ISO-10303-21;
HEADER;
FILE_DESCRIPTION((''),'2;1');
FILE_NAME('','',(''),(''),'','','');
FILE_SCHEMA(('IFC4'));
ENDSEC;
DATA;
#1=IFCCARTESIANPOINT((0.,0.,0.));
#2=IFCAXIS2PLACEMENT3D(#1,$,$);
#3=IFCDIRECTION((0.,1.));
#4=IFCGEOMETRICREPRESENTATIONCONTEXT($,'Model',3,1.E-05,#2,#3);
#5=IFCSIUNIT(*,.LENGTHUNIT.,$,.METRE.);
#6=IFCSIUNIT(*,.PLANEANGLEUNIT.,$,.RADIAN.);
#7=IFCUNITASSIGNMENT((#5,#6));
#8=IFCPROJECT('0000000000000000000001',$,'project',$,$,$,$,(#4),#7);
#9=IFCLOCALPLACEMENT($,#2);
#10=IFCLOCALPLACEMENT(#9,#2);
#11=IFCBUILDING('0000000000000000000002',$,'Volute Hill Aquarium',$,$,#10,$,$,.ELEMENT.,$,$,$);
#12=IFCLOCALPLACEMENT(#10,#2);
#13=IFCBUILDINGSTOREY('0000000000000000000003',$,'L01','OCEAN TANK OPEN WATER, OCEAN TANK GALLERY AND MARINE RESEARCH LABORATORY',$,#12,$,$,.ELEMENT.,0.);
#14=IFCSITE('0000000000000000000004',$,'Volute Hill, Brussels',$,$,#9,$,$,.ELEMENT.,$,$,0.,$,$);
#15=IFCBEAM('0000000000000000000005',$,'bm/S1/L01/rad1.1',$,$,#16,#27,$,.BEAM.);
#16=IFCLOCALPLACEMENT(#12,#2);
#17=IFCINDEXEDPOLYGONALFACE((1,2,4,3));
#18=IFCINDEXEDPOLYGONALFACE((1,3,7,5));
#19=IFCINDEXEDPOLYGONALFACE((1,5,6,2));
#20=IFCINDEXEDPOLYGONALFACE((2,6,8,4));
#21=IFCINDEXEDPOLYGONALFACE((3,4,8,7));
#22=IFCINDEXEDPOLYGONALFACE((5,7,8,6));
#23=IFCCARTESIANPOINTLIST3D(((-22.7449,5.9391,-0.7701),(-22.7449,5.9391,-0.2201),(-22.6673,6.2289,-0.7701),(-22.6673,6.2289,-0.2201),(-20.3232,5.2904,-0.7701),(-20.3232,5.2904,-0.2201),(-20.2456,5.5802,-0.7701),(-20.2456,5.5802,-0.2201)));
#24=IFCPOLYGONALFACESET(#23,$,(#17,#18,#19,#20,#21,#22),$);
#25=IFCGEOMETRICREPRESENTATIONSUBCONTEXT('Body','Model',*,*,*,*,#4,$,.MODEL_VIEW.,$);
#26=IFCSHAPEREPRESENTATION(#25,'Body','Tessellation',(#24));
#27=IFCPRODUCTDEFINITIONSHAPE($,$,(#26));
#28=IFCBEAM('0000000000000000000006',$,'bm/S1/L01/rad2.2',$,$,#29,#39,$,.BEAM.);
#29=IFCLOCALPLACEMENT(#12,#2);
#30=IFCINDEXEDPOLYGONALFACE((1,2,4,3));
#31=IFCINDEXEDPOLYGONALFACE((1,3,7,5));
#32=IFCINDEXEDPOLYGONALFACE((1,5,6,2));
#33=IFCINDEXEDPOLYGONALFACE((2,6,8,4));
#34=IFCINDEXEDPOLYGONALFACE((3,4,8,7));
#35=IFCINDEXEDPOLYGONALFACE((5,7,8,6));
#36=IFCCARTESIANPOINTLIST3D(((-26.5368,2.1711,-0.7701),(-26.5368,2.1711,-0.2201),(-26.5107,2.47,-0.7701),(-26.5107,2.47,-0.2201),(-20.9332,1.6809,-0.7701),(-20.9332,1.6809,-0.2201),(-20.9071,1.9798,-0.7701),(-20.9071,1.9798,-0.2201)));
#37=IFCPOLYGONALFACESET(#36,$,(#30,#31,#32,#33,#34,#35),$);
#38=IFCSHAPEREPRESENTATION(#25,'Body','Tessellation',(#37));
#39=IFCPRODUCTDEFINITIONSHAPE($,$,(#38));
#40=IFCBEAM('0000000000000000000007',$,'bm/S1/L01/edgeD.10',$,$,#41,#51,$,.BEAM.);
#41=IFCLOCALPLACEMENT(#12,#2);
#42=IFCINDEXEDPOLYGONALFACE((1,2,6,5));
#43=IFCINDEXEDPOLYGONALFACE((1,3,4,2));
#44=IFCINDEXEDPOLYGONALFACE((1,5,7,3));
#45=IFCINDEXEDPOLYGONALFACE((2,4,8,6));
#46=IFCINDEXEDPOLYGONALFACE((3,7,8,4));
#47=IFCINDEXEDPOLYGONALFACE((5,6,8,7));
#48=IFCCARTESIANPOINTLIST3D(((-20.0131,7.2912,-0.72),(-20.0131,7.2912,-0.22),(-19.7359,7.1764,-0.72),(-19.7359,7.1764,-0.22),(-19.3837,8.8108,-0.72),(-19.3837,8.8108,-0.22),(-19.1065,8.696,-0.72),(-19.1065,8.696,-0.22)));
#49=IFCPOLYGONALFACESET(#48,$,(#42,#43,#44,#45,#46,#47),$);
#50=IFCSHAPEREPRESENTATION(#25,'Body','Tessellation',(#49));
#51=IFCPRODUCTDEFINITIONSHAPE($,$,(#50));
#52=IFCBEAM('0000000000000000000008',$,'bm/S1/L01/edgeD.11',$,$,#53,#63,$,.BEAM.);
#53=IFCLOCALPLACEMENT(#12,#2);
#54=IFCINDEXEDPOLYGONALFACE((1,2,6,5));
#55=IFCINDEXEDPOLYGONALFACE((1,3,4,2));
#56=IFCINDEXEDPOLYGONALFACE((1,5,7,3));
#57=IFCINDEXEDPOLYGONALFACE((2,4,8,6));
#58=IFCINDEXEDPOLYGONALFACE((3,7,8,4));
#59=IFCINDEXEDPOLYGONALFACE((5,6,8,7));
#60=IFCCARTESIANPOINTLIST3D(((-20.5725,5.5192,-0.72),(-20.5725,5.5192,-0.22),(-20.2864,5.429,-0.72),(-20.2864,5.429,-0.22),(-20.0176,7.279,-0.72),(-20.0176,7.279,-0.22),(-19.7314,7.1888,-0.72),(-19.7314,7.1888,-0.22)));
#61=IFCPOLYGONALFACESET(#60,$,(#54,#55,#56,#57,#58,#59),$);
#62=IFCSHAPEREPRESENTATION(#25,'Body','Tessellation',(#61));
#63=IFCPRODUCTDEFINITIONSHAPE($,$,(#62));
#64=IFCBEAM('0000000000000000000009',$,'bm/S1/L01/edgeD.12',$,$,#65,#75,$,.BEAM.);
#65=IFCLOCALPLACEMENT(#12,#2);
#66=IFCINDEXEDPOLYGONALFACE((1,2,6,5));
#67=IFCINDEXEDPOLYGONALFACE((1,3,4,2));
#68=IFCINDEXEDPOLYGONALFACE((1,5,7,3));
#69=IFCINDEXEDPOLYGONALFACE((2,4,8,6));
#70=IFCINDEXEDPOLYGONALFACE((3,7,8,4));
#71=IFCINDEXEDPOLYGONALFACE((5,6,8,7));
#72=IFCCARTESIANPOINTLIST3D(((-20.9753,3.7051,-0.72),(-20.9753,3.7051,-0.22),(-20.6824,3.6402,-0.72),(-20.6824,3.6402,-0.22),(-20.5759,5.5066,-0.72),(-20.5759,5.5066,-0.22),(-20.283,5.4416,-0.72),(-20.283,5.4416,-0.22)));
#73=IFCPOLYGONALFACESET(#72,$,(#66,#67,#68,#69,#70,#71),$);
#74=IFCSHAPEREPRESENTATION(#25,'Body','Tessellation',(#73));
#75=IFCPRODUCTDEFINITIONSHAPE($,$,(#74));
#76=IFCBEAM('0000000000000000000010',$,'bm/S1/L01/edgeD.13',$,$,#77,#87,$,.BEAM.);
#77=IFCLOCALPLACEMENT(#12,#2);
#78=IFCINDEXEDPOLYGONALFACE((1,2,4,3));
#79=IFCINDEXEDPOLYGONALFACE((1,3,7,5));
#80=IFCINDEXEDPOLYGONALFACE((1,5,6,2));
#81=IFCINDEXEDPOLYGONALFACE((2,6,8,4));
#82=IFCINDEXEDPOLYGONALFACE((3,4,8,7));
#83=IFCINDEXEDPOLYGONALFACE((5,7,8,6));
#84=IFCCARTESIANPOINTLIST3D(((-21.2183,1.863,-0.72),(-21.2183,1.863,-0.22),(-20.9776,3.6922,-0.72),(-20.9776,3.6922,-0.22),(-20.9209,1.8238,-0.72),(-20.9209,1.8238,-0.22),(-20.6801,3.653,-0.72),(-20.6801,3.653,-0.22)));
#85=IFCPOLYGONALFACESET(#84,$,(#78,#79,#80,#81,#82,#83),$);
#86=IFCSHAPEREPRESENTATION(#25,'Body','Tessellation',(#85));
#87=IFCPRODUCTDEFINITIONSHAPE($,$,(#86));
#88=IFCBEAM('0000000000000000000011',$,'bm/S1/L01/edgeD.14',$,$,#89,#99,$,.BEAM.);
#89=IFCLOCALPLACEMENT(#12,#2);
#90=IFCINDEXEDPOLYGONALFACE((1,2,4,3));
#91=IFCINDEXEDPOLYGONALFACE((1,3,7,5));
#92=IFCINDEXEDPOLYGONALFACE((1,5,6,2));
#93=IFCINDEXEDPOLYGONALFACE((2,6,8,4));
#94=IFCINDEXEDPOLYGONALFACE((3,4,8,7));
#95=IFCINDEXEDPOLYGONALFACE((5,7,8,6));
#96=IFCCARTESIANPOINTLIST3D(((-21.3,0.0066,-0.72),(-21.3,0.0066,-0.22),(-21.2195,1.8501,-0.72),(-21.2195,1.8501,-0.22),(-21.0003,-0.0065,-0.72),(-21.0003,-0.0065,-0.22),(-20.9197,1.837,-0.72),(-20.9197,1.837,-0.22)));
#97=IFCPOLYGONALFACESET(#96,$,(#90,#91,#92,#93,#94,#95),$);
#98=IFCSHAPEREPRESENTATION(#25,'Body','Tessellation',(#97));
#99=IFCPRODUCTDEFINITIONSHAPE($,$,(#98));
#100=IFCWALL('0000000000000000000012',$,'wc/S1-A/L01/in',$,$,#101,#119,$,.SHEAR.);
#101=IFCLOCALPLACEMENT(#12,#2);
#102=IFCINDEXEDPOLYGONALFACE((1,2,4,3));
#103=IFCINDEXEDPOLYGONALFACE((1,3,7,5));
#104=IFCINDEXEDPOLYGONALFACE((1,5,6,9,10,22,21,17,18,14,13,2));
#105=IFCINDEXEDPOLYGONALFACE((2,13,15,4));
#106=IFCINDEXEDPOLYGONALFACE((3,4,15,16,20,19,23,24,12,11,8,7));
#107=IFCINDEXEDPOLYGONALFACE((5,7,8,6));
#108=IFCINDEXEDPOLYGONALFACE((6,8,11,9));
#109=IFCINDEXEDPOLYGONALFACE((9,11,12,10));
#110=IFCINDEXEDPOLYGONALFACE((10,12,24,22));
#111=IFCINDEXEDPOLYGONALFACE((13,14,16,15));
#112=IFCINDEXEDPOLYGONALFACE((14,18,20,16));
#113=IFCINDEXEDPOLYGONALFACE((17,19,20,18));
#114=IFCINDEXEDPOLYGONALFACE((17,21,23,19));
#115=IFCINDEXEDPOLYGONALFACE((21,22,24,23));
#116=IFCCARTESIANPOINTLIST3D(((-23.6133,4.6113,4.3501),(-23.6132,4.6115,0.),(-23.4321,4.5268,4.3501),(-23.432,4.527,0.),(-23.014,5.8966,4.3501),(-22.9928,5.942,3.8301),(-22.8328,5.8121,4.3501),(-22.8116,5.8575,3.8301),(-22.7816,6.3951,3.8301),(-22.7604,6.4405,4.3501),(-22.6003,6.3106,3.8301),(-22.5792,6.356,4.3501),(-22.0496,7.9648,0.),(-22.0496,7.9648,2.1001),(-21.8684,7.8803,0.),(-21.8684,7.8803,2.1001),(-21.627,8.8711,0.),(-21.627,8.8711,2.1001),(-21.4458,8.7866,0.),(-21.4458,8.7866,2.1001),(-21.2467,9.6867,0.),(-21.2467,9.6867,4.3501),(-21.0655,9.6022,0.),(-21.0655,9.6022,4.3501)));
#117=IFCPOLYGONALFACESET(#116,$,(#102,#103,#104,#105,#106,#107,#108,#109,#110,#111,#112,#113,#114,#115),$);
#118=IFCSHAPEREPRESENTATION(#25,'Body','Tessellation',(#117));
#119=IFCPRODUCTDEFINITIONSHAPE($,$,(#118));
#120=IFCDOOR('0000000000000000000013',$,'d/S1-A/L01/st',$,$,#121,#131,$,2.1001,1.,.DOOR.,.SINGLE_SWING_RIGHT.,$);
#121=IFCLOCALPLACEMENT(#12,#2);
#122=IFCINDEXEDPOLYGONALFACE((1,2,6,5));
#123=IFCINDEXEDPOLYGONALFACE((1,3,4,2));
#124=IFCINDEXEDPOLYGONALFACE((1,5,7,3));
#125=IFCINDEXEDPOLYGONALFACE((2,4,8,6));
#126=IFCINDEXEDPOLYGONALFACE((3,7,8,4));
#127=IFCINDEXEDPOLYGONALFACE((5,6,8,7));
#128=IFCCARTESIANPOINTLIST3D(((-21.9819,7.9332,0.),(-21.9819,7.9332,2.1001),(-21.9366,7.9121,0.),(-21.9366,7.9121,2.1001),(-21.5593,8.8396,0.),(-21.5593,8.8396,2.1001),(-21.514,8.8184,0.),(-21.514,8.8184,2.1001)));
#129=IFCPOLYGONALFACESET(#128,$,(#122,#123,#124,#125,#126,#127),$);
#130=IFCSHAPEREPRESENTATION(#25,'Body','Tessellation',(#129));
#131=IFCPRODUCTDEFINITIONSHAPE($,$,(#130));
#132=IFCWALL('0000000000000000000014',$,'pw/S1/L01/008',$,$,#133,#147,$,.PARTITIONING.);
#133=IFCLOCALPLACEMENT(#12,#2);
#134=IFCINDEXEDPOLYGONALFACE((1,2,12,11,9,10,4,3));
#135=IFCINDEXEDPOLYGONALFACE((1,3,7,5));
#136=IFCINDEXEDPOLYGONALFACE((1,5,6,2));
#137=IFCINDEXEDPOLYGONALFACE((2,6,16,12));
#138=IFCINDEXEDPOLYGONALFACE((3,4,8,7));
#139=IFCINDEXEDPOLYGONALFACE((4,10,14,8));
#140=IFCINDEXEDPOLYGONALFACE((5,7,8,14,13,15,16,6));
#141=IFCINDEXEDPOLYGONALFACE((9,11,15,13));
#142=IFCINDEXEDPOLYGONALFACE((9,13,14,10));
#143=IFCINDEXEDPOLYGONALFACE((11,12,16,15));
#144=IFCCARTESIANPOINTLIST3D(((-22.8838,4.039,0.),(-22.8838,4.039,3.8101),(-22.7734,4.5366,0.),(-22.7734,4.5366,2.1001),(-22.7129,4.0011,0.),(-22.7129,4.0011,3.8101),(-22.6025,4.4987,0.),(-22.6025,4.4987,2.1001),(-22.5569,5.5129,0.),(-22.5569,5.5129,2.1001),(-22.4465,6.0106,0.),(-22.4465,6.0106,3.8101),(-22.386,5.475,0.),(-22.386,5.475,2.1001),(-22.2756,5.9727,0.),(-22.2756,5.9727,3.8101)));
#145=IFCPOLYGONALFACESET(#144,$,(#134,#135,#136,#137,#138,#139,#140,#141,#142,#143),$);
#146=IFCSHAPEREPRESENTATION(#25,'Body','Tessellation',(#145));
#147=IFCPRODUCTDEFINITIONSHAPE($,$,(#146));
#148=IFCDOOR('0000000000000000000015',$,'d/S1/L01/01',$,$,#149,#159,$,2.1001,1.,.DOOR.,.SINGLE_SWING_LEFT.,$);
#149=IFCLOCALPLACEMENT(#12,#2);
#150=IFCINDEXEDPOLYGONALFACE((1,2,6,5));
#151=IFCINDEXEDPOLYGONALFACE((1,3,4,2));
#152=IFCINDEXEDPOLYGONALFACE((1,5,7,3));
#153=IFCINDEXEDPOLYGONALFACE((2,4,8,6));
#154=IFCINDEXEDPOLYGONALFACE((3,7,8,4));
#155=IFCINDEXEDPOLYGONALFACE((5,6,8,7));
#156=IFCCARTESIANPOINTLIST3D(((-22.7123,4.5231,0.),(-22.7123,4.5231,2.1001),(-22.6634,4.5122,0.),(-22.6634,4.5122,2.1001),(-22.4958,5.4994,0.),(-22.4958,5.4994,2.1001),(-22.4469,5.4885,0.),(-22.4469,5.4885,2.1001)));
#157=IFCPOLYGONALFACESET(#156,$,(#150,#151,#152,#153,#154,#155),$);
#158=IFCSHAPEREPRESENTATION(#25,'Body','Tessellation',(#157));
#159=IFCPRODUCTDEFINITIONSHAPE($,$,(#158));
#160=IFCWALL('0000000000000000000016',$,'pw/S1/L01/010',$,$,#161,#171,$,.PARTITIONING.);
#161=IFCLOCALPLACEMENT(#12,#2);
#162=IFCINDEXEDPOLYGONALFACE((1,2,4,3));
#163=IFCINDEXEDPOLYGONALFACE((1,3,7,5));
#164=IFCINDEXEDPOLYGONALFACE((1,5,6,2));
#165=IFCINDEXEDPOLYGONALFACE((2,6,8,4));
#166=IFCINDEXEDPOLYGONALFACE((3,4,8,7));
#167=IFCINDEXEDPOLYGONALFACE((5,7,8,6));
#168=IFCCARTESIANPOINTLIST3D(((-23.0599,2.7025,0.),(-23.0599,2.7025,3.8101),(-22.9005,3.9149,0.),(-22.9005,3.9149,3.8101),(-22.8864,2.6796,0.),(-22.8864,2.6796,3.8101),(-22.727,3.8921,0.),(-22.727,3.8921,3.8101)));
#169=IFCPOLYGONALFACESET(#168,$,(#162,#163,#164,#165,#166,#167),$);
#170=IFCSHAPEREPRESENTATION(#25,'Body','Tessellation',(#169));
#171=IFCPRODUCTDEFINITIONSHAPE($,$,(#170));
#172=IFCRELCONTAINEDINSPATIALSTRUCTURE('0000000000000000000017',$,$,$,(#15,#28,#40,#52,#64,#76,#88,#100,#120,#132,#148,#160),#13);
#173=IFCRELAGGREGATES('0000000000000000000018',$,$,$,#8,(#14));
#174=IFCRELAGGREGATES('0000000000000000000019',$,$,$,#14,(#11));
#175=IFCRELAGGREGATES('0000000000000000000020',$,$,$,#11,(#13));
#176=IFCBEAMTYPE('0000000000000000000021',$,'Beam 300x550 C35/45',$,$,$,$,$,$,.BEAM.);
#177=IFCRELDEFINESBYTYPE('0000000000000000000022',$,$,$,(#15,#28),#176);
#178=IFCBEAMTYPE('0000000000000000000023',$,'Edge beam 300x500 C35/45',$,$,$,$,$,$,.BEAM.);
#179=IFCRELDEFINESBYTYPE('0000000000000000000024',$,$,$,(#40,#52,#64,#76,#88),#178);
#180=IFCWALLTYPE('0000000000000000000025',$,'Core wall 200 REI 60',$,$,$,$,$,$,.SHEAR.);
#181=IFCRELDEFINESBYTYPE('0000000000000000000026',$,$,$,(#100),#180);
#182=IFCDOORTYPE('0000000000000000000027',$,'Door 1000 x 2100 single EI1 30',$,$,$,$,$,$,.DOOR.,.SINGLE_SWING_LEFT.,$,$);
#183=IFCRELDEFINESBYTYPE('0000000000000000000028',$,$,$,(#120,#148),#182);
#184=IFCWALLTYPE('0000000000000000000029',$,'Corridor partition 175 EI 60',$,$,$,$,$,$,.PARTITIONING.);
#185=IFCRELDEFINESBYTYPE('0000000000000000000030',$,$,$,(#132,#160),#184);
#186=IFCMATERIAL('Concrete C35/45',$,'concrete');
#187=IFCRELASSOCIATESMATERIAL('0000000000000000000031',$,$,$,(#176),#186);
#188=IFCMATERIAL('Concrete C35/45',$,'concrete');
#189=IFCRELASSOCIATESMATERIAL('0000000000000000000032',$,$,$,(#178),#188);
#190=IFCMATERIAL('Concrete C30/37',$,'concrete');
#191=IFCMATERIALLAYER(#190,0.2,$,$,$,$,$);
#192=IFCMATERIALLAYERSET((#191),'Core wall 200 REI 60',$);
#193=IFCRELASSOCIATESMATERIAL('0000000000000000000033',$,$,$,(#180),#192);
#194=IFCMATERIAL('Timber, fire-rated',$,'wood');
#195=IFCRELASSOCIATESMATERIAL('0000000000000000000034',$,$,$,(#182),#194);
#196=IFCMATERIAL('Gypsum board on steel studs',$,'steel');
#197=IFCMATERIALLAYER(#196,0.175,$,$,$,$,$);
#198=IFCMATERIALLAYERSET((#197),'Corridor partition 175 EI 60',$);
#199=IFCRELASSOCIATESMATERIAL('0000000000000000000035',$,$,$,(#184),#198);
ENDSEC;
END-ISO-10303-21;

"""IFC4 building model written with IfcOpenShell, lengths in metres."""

from ifc_helpers import new_model, si_unit, direction, frame, frame_2d, origin, origin_2d, place, context, subcontext, project, spatial, polyline, rectangle, outline, extrude, material, layer, layer_set, material_profile, profile_set, type_object, element, fill, save


model = new_model("IFC4")

# Units and contexts
model_context = context("Model", 3, precision=1e-05, world=origin(), true_north=direction((0.0, 1.0)))
body_context = subcontext(model_context, "Body", "Model", "MODEL_VIEW")
ifc_project = project(units=[si_unit("LENGTHUNIT", "METRE"), si_unit("PLANEANGLEUNIT", "RADIAN")], contexts=[model_context])

# Site, building, storey
site_placement = place(None, origin())
site = spatial("IfcSite", under=ifc_project, at=site_placement, Name="Volute Hill, Brussels", CompositionType="ELEMENT", RefElevation=0.0)
building_placement = place(site_placement, origin())
building = spatial("IfcBuilding", under=site, at=building_placement, Name="Volute Hill Aquarium", CompositionType="ELEMENT")
storey_placement = place(building_placement, origin())
storey = spatial("IfcBuildingStorey", under=building, at=storey_placement, Name="L01", Description="OCEAN TANK OPEN WATER, OCEAN TANK GALLERY AND MARINE RESEARCH LABORATORY", CompositionType="ELEMENT", Elevation=0.0)

# Beams
ifc_material_1 = material(Name="Concrete C35/45", Category="concrete")
ifc_material_profile_1 = material_profile(ifc_material_1, rectangle(XDim=0.3, YDim=0.55, at=origin_2d()), Name="RC beam 300x550")
ifc_profile_set_1 = profile_set([ifc_material_profile_1], Name="Concrete C35/45")
beam_type_1 = type_object("IfcBeamType", Name="Beam 300x550 C35/45", PredefinedType="BEAM", material=ifc_profile_set_1)
beam_1_placement = place(storey_placement, frame((-20.2844, 5.4353, -0.4951), z_axis=(-0.965945, 0.258747, 0.0), x_axis=(-0.258747, -0.965945, 0.0)))
element("IfcBeam", 1, at=beam_1_placement, inside=storey, type_object=beam_type_1, Name="bm/S1/L01/rad1.1", PredefinedType="BEAM", context=body_context, shape_type="SweptSolid", body=[
    extrude(rectangle(XDim=0.3, YDim=0.55, at=origin_2d()), origin(), (0.0, 0.0, 1.0), 2.5071),
])
beam_2_placement = place(storey_placement, frame((-20.9202, 1.8303, -0.4951), z_axis=(-0.996195, 0.087154, 0.0), x_axis=(-0.087154, -0.996195, 0.0)))
element("IfcBeam", 2, at=beam_2_placement, inside=storey, type_object=beam_type_1, Name="bm/S1/L01/rad2.2", PredefinedType="BEAM", context=body_context, shape_type="SweptSolid", body=[
    extrude(rectangle(XDim=0.3, YDim=0.55, at=origin_2d()), origin(), (0.0, 0.0, 1.0), 5.625),
])
ifc_material_2 = material(Name="Concrete C35/45", Category="concrete")
ifc_material_profile_2 = material_profile(ifc_material_2, rectangle(XDim=0.3, YDim=0.5, at=origin_2d()), Name="RC edge beam 300x500")
ifc_profile_set_2 = profile_set([ifc_material_profile_2], Name="Concrete C35/45")
beam_type_2 = type_object("IfcBeamType", Name="Edge beam 300x500 C35/45", PredefinedType="BEAM", material=ifc_profile_set_2)
beam_3_placement = place(storey_placement, frame((-19.2451, 8.7534, -0.47), z_axis=(-0.382675, -0.923883, 0.0), x_axis=(0.923883, -0.382675, 0.0)))
element("IfcBeam", 3, at=beam_3_placement, inside=storey, type_object=beam_type_2, Name="bm/S1/L01/edgeD.10", PredefinedType="BEAM", context=body_context, shape_type="SweptSolid", body=[
    extrude(rectangle(XDim=0.3, YDim=0.5, at=origin_2d()), origin(), (0.0, 0.0, 1.0), 1.6448),
])
for number, where, z_axis, x_axis, name in (
    (4, (-19.8745, 7.2339, -0.47), (-0.300745, -0.953705, 0.0), (0.953705, -0.300745, 0.0), "bm/S1/L01/edgeD.11"),
    (5, (-20.4294, 5.4741, -0.47), (-0.216454, -0.976293, 0.0), (0.976293, -0.216454, 0.0), "bm/S1/L01/edgeD.12"),
):
    element("IfcBeam", number, at=place(storey_placement, frame(where, z_axis=z_axis, x_axis=x_axis)), inside=storey, type_object=beam_type_2, Name=name, PredefinedType="BEAM", context=body_context, shape_type="SweptSolid", body=[
        extrude(rectangle(XDim=0.3, YDim=0.5, at=origin_2d()), origin(), (0.0, 0.0, 1.0), 1.8452),
    ])
beam_4_placement = place(storey_placement, frame((-20.8289, 3.6726, -0.47), z_axis=(-0.130482, -0.991451, 0.0), x_axis=(0.991451, -0.130482, 0.0)))
element("IfcBeam", 6, at=beam_4_placement, inside=storey, type_object=beam_type_2, Name="bm/S1/L01/edgeD.13", PredefinedType="BEAM", context=body_context, shape_type="SweptSolid", body=[
    extrude(rectangle(XDim=0.3, YDim=0.5, at=origin_2d()), origin(), (0.0, 0.0, 1.0), 1.845),
])
beam_5_placement = place(storey_placement, frame((-21.0696, 1.8435, -0.47), z_axis=(-0.043661, -0.999046, 0.0), x_axis=(0.999046, -0.043661, 0.0)))
element("IfcBeam", 7, at=beam_5_placement, inside=storey, type_object=beam_type_2, Name="bm/S1/L01/edgeD.14", PredefinedType="BEAM", context=body_context, shape_type="SweptSolid", body=[
    extrude(rectangle(XDim=0.3, YDim=0.5, at=origin_2d()), origin(), (0.0, 0.0, 1.0), 1.8452),
])

# Walls, openings, doors
ifc_material_3 = material(Name="Concrete C30/37", Category="concrete")
ifc_layer_1 = layer(ifc_material_3, 0.2)
ifc_layer_set_1 = layer_set([ifc_layer_1], Name="Core wall 200 REI 60")
wall_type_1 = type_object("IfcWallType", Name="Core wall 200 REI 60", PredefinedType="SHEAR", material=ifc_layer_set_1)
wall_1_placement = place(storey_placement, frame((-21.1562, 9.6445, 0.0), z_axis=(0.0, 0.0, 1.0), x_axis=(-0.422597, -0.906318, 0.0)))
wall_1 = element("IfcWall", 8, at=wall_1_placement, inside=storey, type_object=wall_type_1, Name="wc/S1-A/L01/in", PredefinedType="SHEAR", context=body_context, shape_type="SweptSolid", body=[
    extrude(outline(polyline([(0.0, 0.0), (5.5999, 0.0), (5.6001, 4.3501), (4.1819, 4.3501), (4.1318, 3.8301), (3.6318, 3.8301), (3.5818, 4.3501), (0.0, 4.3501), (0.0, 0.0)])), frame((0.0, 0.1001, 0.0), z_axis=(0.0, -1.0, 0.0), x_axis=(1.0, 0.0, 0.0)), (0.0, 0.0, 1.0), 0.2),
])
opening_1_placement = place(wall_1_placement, frame((0.8999, 0.0, 0.0)))
opening_1 = element("IfcOpeningElement", 9, at=opening_1_placement, cuts=wall_1, PredefinedType="OPENING", context=body_context, shape_type="SweptSolid", body=[
    extrude(rectangle(XDim=1.0, YDim=2.1001, at=frame_2d((0.5, 1.05))), frame((0.0, 0.1099, 0.0), z_axis=(0.0, -1.0, 0.0), x_axis=(1.0, 0.0, 0.0)), (0.0, 0.0, 1.0), 0.22),
])
ifc_material_4 = material(Name="Timber, fire-rated", Category="wood")
door_type_1 = type_object("IfcDoorType", Name="Door 1000 x 2100 single EI1 30", OperationType="SINGLE_SWING_LEFT", PredefinedType="DOOR", material=ifc_material_4)
door_1_placement = place(opening_1_placement, origin())
door_1 = element("IfcDoor", 10, at=door_1_placement, inside=storey, type_object=door_type_1, Name="d/S1-A/L01/st", OperationType="SINGLE_SWING_RIGHT", OverallHeight=2.1001, OverallWidth=1.0, PredefinedType="DOOR", context=body_context, shape_type="SweptSolid", body=[
    extrude(rectangle(XDim=1.0, YDim=2.1001, at=frame_2d((0.5, 1.05))), frame((0.0, 0.0249, 0.0), z_axis=(0.0, -1.0, 0.0), x_axis=(1.0, 0.0, 0.0)), (0.0, 0.0, 1.0), 0.05),
])
fill(opening_1, door_1)
ifc_material_5 = material(Name="Gypsum board on steel studs", Category="steel")
ifc_layer_2 = layer(ifc_material_5, 0.175)
ifc_layer_set_2 = layer_set([ifc_layer_2], Name="Corridor partition 175 EI 60")
wall_type_2 = type_object("IfcWallType", Name="Corridor partition 175 EI 60", PredefinedType="PARTITIONING", material=ifc_layer_set_2)
wall_2_placement = place(storey_placement, frame((-22.7983, 4.02, 0.0), z_axis=(0.0, 0.0, 1.0), x_axis=(0.216508, 0.976281, 0.0)))
wall_2 = element("IfcWall", 11, at=wall_2_placement, inside=storey, type_object=wall_type_2, Name="pw/S1/L01/008", PredefinedType="PARTITIONING", context=body_context, shape_type="SweptSolid", body=[
    extrude(rectangle(XDim=2.0195, YDim=0.175, at=frame_2d((1.0098, 0.0))), origin(), (0.0, 0.0, 1.0), 3.8101),
])
opening_2_placement = place(wall_2_placement, frame((0.5098, 0.0, 0.0)))
opening_2 = element("IfcOpeningElement", 12, at=opening_2_placement, cuts=wall_2, PredefinedType="OPENING", context=body_context, shape_type="SweptSolid", body=[
    extrude(rectangle(XDim=1.0, YDim=2.1001, at=frame_2d((0.5, 1.05))), frame((0.0, 0.0974, 0.0), z_axis=(0.0, -1.0, 0.0), x_axis=(1.0, 0.0, 0.0)), (0.0, 0.0, 1.0), 0.1951),
])
door_2_placement = place(opening_2_placement, origin())
door_2 = element("IfcDoor", 13, at=door_2_placement, inside=storey, type_object=door_type_1, Name="d/S1/L01/01", OperationType="SINGLE_SWING_LEFT", OverallHeight=2.1001, OverallWidth=1.0, PredefinedType="DOOR", context=body_context, shape_type="SweptSolid", body=[
    extrude(rectangle(XDim=1.0, YDim=2.1001, at=frame_2d((0.5, 1.05))), frame((0.0, 0.0249, 0.0), z_axis=(0.0, -1.0, 0.0), x_axis=(1.0, 0.0, 0.0)), (0.0, 0.0, 1.0), 0.05),
])
fill(opening_2, door_2)

# Wall
wall_3_placement = place(storey_placement, frame((-22.9731, 2.6912, 0.0), z_axis=(0.0, 0.0, 1.0), x_axis=(0.130372, 0.991465, 0.0)))
element("IfcWall", 14, at=wall_3_placement, inside=storey, type_object=wall_type_2, Name="pw/S1/L01/010", PredefinedType="PARTITIONING", context=body_context, shape_type="SweptSolid", body=[
    extrude(rectangle(XDim=1.2229, YDim=0.175, at=frame_2d((0.6113, 0.0))), origin(), (0.0, 0.0, 1.0), 3.8101),
])

save(model, "model.ifc")
